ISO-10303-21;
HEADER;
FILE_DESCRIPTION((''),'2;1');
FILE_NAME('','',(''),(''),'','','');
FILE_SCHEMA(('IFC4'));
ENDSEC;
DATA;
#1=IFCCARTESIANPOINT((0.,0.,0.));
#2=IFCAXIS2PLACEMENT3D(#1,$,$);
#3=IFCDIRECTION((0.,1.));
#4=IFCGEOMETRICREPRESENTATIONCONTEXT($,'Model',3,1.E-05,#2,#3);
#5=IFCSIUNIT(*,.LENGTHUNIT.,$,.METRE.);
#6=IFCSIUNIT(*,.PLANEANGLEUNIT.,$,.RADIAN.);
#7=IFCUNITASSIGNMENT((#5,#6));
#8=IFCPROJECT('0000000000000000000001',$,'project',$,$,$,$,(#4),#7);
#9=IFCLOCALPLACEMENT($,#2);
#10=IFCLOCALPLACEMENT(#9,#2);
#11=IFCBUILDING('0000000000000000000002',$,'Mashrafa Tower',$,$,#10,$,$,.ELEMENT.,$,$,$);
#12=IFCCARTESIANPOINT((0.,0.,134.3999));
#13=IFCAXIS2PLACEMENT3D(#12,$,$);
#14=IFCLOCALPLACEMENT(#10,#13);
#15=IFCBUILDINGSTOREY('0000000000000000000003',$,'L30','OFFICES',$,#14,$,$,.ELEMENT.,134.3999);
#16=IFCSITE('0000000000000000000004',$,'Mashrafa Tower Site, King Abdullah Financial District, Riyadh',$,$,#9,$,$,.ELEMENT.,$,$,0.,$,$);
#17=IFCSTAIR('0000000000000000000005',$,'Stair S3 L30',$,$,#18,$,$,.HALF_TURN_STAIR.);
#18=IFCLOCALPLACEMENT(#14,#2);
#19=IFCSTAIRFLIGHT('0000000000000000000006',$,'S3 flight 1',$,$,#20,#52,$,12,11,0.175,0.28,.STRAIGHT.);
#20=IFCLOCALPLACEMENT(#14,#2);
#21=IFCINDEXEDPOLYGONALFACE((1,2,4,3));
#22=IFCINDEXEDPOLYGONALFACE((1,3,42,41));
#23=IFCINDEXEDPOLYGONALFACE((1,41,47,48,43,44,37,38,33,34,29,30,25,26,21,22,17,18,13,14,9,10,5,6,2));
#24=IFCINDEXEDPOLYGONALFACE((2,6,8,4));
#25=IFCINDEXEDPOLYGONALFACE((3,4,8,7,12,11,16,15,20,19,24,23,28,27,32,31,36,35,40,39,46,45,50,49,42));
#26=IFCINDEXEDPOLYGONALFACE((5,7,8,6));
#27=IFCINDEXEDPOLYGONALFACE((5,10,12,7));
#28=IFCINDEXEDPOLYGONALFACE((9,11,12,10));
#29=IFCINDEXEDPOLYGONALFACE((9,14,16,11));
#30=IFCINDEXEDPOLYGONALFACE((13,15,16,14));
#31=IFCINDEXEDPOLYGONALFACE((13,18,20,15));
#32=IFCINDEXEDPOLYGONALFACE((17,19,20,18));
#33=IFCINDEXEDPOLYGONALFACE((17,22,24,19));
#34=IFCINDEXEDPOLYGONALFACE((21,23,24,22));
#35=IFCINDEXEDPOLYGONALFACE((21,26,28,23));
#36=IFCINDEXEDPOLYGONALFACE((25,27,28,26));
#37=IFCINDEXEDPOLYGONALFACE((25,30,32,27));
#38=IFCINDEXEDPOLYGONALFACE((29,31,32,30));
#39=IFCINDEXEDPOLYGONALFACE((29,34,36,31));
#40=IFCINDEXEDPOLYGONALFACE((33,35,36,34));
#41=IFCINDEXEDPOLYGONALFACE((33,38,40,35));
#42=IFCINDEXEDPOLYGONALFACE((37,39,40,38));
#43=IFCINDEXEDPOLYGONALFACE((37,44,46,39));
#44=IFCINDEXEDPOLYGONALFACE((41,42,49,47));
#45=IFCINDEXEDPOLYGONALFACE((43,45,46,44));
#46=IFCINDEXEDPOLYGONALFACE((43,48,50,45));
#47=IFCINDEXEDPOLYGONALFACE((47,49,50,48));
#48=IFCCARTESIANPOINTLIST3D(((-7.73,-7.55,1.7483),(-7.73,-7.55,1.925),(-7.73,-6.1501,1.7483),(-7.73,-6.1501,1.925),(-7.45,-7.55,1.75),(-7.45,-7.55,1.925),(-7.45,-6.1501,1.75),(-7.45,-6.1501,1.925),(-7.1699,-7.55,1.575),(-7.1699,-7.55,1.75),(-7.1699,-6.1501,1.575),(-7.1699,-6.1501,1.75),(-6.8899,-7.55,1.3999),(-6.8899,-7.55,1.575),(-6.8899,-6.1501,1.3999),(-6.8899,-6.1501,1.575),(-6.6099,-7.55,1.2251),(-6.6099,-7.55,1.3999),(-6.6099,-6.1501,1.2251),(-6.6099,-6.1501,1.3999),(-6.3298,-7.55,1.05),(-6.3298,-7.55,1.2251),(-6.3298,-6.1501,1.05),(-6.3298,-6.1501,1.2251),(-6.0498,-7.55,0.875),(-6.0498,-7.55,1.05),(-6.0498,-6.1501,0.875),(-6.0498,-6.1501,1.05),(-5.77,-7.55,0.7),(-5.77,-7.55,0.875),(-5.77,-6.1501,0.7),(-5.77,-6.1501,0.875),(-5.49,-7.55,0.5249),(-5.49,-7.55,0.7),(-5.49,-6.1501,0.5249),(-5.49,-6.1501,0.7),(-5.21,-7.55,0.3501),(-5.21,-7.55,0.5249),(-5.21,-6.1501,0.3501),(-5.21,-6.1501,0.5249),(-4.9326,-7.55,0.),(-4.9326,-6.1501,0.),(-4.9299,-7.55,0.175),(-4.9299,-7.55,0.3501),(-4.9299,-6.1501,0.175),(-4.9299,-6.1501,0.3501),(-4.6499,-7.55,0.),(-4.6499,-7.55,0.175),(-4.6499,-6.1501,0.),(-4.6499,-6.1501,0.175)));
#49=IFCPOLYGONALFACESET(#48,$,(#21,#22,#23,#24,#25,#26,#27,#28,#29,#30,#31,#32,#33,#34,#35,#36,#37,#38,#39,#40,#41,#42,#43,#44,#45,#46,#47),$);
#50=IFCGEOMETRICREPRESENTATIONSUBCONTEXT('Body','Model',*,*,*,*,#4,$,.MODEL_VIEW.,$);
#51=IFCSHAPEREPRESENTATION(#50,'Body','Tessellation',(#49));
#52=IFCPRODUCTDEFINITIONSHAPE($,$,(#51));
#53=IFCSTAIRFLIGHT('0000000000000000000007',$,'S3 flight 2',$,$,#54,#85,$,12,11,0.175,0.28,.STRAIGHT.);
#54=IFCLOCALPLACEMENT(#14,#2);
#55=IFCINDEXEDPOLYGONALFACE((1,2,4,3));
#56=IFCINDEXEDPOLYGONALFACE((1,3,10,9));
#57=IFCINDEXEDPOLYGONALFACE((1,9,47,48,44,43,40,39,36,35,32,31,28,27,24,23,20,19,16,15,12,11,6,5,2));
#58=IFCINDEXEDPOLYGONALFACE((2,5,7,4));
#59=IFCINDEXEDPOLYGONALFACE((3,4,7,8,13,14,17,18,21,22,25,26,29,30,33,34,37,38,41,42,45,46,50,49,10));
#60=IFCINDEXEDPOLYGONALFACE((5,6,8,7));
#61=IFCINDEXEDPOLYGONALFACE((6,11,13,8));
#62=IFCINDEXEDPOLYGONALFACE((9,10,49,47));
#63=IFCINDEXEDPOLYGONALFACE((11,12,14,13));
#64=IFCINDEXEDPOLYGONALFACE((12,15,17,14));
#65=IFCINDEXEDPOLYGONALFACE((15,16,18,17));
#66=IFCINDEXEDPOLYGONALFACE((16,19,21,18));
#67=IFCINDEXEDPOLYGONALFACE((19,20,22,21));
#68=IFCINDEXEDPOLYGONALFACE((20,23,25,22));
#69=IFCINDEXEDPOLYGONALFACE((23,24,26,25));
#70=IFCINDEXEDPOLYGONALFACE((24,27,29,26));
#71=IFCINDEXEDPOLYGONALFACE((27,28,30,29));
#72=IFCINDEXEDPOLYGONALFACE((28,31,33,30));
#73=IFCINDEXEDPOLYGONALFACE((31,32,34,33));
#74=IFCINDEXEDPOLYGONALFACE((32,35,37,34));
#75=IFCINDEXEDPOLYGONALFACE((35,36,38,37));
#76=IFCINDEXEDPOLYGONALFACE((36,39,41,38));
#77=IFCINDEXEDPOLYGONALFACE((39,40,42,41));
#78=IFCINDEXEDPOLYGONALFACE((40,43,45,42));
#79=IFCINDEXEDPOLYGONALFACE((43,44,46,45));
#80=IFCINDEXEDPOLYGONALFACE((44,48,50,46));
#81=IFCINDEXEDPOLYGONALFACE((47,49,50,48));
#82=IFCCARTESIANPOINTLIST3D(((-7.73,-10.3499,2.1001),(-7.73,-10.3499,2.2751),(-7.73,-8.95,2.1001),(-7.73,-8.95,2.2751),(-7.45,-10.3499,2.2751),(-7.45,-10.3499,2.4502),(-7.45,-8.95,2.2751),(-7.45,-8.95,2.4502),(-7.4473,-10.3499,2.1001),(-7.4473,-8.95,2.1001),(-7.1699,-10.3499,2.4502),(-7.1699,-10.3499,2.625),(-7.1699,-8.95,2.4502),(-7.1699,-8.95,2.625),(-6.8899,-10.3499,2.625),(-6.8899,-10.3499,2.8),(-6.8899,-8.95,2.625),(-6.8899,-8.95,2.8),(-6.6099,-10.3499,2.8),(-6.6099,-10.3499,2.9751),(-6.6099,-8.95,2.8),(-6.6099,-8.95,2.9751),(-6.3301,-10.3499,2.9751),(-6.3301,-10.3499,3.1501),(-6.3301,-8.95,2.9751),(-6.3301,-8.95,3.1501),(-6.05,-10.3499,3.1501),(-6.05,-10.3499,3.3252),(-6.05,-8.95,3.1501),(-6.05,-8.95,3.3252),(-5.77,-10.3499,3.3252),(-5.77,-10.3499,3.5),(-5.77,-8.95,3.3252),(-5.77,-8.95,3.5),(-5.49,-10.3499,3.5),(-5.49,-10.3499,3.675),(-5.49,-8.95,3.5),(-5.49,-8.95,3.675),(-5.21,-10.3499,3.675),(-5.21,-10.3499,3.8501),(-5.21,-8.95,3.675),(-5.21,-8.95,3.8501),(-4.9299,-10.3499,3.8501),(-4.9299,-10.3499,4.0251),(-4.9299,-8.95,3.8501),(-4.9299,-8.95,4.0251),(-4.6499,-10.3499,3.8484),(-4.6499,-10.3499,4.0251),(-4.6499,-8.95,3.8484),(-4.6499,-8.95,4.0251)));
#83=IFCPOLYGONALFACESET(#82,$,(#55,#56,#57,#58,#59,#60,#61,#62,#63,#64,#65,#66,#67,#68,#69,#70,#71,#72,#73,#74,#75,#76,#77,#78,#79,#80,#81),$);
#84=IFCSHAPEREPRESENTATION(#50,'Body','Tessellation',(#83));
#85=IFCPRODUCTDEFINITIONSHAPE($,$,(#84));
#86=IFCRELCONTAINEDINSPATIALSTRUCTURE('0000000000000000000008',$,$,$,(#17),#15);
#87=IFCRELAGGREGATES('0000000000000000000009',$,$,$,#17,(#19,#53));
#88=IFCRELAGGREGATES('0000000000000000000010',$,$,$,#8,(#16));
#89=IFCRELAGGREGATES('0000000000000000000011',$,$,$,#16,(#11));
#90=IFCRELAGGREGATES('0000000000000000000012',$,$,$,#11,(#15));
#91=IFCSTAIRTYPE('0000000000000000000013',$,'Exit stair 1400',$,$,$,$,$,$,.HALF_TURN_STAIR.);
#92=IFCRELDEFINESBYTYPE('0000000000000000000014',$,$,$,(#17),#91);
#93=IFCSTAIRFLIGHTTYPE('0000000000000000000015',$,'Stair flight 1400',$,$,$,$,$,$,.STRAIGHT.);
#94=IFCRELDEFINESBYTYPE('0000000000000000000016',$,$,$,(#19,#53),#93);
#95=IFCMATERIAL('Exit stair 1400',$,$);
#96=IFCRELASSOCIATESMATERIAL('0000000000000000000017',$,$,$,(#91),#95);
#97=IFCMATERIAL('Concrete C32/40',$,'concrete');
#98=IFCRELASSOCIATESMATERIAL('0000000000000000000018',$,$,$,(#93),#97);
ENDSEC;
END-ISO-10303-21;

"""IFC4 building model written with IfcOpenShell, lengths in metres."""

from ifc_helpers import new_model, si_unit, direction, frame, origin, place, context, subcontext, project, spatial, polyline, outline, extrude, material, type_object, element, aggregate, save


model = new_model("IFC4")

# Units and contexts
model_context = context("Model", 3, precision=1e-05, world=origin(), true_north=direction((0.0, 1.0)))
body_context = subcontext(model_context, "Body", "Model", "MODEL_VIEW")
ifc_project = project(units=[si_unit("LENGTHUNIT", "METRE"), si_unit("PLANEANGLEUNIT", "RADIAN")], contexts=[model_context])

# Site, building, storey
site_placement = place(None, origin())
site = spatial("IfcSite", under=ifc_project, at=site_placement, Name="Mashrafa Tower Site, King Abdullah Financial District, Riyadh", CompositionType="ELEMENT", RefElevation=0.0)
building_placement = place(site_placement, origin())
building = spatial("IfcBuilding", under=site, at=building_placement, Name="Mashrafa Tower", CompositionType="ELEMENT")
storey_placement = place(building_placement, frame((0.0, 0.0, 134.3999)))
storey = spatial("IfcBuildingStorey", under=building, at=storey_placement, Name="L30", Description="OFFICES", CompositionType="ELEMENT", Elevation=134.3999)

# Stair, stair flights
ifc_material_1 = material(Name="Exit stair 1400")
stair_type = type_object("IfcStairType", Name="Exit stair 1400", PredefinedType="HALF_TURN_STAIR", material=ifc_material_1)
stair_placement = place(storey_placement, origin())
stair = element("IfcStair", 1, at=stair_placement, inside=storey, type_object=stair_type, Name="Stair S3 L30", PredefinedType="HALF_TURN_STAIR")
ifc_material_2 = material(Name="Concrete C32/40", Category="concrete")
stair_flight_type = type_object("IfcStairFlightType", Name="Stair flight 1400", PredefinedType="STRAIGHT", material=ifc_material_2)
stair_flight_1_placement = place(storey_placement, frame((-4.6499, -6.8501, 0.0), z_axis=(0.0, 0.0, 1.0), x_axis=(-1.0, 0.0, 0.0)))
stair_flight_1 = element("IfcStairFlight", 2, at=stair_flight_1_placement, type_object=stair_flight_type, Name="S3 flight 1", NumberOfRisers=12, NumberOfTreads=11, PredefinedType="STRAIGHT", RiserHeight=0.175, TreadLength=0.28, context=body_context, shape_type="SweptSolid", body=[
    extrude(outline(polyline([(0.0, 0.0), (0.0, 0.175), (0.28, 0.175), (0.28, 0.3501), (0.5601, 0.3501), (0.5601, 0.5249), (0.8401, 0.5249), (0.8401, 0.7), (1.1201, 0.7), (1.1201, 0.875), (1.3999, 0.875), (1.3999, 1.05), (1.6799, 1.05), (1.6799, 1.2251), (1.96, 1.2251), (1.96, 1.3999), (2.24, 1.3999), (2.24, 1.575), (2.52, 1.575), (2.52, 1.75), (2.8, 1.75), (2.8, 1.925), (3.0801, 1.925), (3.0801, 2.1001), (3.0801, 1.7483), (0.2827, 0.0), (0.0, 0.0)])), frame((0.0, 0.7, 0.0), z_axis=(0.0, -1.0, 0.0), x_axis=(1.0, 0.0, 0.0)), (0.0, 0.0, 1.0), 1.3999),
])
stair_flight_2_placement = place(storey_placement, frame((-7.73, -9.6499, 2.1001), z_axis=(0.0, 0.0, 1.0), x_axis=(1.0, 0.0, 0.0)))
stair_flight_2 = element("IfcStairFlight", 3, at=stair_flight_2_placement, type_object=stair_flight_type, Name="S3 flight 2", NumberOfRisers=12, NumberOfTreads=11, PredefinedType="STRAIGHT", RiserHeight=0.175, TreadLength=0.28, context=body_context, shape_type="SweptSolid", body=[
    extrude(outline(polyline([(0.0, 0.0), (0.0, 0.175), (0.28, 0.175), (0.28, 0.3501), (0.5601, 0.3501), (0.5601, 0.5249), (0.8401, 0.5249), (0.8401, 0.7), (1.1201, 0.7), (1.1201, 0.875), (1.3999, 0.875), (1.3999, 1.05), (1.6799, 1.05), (1.6799, 1.2251), (1.96, 1.2251), (1.96, 1.3999), (2.24, 1.3999), (2.24, 1.575), (2.52, 1.575), (2.52, 1.75), (2.8, 1.75), (2.8, 1.925), (3.0801, 1.925), (3.0801, 2.1001), (3.0801, 1.7483), (0.2827, 0.0), (0.0, 0.0)])), frame((0.0, 0.7, 0.0), z_axis=(0.0, -1.0, 0.0), x_axis=(1.0, 0.0, 0.0)), (0.0, 0.0, 1.0), 1.3999),
])
aggregate(stair, [stair_flight_1, stair_flight_2])

save(model, "model.ifc")
